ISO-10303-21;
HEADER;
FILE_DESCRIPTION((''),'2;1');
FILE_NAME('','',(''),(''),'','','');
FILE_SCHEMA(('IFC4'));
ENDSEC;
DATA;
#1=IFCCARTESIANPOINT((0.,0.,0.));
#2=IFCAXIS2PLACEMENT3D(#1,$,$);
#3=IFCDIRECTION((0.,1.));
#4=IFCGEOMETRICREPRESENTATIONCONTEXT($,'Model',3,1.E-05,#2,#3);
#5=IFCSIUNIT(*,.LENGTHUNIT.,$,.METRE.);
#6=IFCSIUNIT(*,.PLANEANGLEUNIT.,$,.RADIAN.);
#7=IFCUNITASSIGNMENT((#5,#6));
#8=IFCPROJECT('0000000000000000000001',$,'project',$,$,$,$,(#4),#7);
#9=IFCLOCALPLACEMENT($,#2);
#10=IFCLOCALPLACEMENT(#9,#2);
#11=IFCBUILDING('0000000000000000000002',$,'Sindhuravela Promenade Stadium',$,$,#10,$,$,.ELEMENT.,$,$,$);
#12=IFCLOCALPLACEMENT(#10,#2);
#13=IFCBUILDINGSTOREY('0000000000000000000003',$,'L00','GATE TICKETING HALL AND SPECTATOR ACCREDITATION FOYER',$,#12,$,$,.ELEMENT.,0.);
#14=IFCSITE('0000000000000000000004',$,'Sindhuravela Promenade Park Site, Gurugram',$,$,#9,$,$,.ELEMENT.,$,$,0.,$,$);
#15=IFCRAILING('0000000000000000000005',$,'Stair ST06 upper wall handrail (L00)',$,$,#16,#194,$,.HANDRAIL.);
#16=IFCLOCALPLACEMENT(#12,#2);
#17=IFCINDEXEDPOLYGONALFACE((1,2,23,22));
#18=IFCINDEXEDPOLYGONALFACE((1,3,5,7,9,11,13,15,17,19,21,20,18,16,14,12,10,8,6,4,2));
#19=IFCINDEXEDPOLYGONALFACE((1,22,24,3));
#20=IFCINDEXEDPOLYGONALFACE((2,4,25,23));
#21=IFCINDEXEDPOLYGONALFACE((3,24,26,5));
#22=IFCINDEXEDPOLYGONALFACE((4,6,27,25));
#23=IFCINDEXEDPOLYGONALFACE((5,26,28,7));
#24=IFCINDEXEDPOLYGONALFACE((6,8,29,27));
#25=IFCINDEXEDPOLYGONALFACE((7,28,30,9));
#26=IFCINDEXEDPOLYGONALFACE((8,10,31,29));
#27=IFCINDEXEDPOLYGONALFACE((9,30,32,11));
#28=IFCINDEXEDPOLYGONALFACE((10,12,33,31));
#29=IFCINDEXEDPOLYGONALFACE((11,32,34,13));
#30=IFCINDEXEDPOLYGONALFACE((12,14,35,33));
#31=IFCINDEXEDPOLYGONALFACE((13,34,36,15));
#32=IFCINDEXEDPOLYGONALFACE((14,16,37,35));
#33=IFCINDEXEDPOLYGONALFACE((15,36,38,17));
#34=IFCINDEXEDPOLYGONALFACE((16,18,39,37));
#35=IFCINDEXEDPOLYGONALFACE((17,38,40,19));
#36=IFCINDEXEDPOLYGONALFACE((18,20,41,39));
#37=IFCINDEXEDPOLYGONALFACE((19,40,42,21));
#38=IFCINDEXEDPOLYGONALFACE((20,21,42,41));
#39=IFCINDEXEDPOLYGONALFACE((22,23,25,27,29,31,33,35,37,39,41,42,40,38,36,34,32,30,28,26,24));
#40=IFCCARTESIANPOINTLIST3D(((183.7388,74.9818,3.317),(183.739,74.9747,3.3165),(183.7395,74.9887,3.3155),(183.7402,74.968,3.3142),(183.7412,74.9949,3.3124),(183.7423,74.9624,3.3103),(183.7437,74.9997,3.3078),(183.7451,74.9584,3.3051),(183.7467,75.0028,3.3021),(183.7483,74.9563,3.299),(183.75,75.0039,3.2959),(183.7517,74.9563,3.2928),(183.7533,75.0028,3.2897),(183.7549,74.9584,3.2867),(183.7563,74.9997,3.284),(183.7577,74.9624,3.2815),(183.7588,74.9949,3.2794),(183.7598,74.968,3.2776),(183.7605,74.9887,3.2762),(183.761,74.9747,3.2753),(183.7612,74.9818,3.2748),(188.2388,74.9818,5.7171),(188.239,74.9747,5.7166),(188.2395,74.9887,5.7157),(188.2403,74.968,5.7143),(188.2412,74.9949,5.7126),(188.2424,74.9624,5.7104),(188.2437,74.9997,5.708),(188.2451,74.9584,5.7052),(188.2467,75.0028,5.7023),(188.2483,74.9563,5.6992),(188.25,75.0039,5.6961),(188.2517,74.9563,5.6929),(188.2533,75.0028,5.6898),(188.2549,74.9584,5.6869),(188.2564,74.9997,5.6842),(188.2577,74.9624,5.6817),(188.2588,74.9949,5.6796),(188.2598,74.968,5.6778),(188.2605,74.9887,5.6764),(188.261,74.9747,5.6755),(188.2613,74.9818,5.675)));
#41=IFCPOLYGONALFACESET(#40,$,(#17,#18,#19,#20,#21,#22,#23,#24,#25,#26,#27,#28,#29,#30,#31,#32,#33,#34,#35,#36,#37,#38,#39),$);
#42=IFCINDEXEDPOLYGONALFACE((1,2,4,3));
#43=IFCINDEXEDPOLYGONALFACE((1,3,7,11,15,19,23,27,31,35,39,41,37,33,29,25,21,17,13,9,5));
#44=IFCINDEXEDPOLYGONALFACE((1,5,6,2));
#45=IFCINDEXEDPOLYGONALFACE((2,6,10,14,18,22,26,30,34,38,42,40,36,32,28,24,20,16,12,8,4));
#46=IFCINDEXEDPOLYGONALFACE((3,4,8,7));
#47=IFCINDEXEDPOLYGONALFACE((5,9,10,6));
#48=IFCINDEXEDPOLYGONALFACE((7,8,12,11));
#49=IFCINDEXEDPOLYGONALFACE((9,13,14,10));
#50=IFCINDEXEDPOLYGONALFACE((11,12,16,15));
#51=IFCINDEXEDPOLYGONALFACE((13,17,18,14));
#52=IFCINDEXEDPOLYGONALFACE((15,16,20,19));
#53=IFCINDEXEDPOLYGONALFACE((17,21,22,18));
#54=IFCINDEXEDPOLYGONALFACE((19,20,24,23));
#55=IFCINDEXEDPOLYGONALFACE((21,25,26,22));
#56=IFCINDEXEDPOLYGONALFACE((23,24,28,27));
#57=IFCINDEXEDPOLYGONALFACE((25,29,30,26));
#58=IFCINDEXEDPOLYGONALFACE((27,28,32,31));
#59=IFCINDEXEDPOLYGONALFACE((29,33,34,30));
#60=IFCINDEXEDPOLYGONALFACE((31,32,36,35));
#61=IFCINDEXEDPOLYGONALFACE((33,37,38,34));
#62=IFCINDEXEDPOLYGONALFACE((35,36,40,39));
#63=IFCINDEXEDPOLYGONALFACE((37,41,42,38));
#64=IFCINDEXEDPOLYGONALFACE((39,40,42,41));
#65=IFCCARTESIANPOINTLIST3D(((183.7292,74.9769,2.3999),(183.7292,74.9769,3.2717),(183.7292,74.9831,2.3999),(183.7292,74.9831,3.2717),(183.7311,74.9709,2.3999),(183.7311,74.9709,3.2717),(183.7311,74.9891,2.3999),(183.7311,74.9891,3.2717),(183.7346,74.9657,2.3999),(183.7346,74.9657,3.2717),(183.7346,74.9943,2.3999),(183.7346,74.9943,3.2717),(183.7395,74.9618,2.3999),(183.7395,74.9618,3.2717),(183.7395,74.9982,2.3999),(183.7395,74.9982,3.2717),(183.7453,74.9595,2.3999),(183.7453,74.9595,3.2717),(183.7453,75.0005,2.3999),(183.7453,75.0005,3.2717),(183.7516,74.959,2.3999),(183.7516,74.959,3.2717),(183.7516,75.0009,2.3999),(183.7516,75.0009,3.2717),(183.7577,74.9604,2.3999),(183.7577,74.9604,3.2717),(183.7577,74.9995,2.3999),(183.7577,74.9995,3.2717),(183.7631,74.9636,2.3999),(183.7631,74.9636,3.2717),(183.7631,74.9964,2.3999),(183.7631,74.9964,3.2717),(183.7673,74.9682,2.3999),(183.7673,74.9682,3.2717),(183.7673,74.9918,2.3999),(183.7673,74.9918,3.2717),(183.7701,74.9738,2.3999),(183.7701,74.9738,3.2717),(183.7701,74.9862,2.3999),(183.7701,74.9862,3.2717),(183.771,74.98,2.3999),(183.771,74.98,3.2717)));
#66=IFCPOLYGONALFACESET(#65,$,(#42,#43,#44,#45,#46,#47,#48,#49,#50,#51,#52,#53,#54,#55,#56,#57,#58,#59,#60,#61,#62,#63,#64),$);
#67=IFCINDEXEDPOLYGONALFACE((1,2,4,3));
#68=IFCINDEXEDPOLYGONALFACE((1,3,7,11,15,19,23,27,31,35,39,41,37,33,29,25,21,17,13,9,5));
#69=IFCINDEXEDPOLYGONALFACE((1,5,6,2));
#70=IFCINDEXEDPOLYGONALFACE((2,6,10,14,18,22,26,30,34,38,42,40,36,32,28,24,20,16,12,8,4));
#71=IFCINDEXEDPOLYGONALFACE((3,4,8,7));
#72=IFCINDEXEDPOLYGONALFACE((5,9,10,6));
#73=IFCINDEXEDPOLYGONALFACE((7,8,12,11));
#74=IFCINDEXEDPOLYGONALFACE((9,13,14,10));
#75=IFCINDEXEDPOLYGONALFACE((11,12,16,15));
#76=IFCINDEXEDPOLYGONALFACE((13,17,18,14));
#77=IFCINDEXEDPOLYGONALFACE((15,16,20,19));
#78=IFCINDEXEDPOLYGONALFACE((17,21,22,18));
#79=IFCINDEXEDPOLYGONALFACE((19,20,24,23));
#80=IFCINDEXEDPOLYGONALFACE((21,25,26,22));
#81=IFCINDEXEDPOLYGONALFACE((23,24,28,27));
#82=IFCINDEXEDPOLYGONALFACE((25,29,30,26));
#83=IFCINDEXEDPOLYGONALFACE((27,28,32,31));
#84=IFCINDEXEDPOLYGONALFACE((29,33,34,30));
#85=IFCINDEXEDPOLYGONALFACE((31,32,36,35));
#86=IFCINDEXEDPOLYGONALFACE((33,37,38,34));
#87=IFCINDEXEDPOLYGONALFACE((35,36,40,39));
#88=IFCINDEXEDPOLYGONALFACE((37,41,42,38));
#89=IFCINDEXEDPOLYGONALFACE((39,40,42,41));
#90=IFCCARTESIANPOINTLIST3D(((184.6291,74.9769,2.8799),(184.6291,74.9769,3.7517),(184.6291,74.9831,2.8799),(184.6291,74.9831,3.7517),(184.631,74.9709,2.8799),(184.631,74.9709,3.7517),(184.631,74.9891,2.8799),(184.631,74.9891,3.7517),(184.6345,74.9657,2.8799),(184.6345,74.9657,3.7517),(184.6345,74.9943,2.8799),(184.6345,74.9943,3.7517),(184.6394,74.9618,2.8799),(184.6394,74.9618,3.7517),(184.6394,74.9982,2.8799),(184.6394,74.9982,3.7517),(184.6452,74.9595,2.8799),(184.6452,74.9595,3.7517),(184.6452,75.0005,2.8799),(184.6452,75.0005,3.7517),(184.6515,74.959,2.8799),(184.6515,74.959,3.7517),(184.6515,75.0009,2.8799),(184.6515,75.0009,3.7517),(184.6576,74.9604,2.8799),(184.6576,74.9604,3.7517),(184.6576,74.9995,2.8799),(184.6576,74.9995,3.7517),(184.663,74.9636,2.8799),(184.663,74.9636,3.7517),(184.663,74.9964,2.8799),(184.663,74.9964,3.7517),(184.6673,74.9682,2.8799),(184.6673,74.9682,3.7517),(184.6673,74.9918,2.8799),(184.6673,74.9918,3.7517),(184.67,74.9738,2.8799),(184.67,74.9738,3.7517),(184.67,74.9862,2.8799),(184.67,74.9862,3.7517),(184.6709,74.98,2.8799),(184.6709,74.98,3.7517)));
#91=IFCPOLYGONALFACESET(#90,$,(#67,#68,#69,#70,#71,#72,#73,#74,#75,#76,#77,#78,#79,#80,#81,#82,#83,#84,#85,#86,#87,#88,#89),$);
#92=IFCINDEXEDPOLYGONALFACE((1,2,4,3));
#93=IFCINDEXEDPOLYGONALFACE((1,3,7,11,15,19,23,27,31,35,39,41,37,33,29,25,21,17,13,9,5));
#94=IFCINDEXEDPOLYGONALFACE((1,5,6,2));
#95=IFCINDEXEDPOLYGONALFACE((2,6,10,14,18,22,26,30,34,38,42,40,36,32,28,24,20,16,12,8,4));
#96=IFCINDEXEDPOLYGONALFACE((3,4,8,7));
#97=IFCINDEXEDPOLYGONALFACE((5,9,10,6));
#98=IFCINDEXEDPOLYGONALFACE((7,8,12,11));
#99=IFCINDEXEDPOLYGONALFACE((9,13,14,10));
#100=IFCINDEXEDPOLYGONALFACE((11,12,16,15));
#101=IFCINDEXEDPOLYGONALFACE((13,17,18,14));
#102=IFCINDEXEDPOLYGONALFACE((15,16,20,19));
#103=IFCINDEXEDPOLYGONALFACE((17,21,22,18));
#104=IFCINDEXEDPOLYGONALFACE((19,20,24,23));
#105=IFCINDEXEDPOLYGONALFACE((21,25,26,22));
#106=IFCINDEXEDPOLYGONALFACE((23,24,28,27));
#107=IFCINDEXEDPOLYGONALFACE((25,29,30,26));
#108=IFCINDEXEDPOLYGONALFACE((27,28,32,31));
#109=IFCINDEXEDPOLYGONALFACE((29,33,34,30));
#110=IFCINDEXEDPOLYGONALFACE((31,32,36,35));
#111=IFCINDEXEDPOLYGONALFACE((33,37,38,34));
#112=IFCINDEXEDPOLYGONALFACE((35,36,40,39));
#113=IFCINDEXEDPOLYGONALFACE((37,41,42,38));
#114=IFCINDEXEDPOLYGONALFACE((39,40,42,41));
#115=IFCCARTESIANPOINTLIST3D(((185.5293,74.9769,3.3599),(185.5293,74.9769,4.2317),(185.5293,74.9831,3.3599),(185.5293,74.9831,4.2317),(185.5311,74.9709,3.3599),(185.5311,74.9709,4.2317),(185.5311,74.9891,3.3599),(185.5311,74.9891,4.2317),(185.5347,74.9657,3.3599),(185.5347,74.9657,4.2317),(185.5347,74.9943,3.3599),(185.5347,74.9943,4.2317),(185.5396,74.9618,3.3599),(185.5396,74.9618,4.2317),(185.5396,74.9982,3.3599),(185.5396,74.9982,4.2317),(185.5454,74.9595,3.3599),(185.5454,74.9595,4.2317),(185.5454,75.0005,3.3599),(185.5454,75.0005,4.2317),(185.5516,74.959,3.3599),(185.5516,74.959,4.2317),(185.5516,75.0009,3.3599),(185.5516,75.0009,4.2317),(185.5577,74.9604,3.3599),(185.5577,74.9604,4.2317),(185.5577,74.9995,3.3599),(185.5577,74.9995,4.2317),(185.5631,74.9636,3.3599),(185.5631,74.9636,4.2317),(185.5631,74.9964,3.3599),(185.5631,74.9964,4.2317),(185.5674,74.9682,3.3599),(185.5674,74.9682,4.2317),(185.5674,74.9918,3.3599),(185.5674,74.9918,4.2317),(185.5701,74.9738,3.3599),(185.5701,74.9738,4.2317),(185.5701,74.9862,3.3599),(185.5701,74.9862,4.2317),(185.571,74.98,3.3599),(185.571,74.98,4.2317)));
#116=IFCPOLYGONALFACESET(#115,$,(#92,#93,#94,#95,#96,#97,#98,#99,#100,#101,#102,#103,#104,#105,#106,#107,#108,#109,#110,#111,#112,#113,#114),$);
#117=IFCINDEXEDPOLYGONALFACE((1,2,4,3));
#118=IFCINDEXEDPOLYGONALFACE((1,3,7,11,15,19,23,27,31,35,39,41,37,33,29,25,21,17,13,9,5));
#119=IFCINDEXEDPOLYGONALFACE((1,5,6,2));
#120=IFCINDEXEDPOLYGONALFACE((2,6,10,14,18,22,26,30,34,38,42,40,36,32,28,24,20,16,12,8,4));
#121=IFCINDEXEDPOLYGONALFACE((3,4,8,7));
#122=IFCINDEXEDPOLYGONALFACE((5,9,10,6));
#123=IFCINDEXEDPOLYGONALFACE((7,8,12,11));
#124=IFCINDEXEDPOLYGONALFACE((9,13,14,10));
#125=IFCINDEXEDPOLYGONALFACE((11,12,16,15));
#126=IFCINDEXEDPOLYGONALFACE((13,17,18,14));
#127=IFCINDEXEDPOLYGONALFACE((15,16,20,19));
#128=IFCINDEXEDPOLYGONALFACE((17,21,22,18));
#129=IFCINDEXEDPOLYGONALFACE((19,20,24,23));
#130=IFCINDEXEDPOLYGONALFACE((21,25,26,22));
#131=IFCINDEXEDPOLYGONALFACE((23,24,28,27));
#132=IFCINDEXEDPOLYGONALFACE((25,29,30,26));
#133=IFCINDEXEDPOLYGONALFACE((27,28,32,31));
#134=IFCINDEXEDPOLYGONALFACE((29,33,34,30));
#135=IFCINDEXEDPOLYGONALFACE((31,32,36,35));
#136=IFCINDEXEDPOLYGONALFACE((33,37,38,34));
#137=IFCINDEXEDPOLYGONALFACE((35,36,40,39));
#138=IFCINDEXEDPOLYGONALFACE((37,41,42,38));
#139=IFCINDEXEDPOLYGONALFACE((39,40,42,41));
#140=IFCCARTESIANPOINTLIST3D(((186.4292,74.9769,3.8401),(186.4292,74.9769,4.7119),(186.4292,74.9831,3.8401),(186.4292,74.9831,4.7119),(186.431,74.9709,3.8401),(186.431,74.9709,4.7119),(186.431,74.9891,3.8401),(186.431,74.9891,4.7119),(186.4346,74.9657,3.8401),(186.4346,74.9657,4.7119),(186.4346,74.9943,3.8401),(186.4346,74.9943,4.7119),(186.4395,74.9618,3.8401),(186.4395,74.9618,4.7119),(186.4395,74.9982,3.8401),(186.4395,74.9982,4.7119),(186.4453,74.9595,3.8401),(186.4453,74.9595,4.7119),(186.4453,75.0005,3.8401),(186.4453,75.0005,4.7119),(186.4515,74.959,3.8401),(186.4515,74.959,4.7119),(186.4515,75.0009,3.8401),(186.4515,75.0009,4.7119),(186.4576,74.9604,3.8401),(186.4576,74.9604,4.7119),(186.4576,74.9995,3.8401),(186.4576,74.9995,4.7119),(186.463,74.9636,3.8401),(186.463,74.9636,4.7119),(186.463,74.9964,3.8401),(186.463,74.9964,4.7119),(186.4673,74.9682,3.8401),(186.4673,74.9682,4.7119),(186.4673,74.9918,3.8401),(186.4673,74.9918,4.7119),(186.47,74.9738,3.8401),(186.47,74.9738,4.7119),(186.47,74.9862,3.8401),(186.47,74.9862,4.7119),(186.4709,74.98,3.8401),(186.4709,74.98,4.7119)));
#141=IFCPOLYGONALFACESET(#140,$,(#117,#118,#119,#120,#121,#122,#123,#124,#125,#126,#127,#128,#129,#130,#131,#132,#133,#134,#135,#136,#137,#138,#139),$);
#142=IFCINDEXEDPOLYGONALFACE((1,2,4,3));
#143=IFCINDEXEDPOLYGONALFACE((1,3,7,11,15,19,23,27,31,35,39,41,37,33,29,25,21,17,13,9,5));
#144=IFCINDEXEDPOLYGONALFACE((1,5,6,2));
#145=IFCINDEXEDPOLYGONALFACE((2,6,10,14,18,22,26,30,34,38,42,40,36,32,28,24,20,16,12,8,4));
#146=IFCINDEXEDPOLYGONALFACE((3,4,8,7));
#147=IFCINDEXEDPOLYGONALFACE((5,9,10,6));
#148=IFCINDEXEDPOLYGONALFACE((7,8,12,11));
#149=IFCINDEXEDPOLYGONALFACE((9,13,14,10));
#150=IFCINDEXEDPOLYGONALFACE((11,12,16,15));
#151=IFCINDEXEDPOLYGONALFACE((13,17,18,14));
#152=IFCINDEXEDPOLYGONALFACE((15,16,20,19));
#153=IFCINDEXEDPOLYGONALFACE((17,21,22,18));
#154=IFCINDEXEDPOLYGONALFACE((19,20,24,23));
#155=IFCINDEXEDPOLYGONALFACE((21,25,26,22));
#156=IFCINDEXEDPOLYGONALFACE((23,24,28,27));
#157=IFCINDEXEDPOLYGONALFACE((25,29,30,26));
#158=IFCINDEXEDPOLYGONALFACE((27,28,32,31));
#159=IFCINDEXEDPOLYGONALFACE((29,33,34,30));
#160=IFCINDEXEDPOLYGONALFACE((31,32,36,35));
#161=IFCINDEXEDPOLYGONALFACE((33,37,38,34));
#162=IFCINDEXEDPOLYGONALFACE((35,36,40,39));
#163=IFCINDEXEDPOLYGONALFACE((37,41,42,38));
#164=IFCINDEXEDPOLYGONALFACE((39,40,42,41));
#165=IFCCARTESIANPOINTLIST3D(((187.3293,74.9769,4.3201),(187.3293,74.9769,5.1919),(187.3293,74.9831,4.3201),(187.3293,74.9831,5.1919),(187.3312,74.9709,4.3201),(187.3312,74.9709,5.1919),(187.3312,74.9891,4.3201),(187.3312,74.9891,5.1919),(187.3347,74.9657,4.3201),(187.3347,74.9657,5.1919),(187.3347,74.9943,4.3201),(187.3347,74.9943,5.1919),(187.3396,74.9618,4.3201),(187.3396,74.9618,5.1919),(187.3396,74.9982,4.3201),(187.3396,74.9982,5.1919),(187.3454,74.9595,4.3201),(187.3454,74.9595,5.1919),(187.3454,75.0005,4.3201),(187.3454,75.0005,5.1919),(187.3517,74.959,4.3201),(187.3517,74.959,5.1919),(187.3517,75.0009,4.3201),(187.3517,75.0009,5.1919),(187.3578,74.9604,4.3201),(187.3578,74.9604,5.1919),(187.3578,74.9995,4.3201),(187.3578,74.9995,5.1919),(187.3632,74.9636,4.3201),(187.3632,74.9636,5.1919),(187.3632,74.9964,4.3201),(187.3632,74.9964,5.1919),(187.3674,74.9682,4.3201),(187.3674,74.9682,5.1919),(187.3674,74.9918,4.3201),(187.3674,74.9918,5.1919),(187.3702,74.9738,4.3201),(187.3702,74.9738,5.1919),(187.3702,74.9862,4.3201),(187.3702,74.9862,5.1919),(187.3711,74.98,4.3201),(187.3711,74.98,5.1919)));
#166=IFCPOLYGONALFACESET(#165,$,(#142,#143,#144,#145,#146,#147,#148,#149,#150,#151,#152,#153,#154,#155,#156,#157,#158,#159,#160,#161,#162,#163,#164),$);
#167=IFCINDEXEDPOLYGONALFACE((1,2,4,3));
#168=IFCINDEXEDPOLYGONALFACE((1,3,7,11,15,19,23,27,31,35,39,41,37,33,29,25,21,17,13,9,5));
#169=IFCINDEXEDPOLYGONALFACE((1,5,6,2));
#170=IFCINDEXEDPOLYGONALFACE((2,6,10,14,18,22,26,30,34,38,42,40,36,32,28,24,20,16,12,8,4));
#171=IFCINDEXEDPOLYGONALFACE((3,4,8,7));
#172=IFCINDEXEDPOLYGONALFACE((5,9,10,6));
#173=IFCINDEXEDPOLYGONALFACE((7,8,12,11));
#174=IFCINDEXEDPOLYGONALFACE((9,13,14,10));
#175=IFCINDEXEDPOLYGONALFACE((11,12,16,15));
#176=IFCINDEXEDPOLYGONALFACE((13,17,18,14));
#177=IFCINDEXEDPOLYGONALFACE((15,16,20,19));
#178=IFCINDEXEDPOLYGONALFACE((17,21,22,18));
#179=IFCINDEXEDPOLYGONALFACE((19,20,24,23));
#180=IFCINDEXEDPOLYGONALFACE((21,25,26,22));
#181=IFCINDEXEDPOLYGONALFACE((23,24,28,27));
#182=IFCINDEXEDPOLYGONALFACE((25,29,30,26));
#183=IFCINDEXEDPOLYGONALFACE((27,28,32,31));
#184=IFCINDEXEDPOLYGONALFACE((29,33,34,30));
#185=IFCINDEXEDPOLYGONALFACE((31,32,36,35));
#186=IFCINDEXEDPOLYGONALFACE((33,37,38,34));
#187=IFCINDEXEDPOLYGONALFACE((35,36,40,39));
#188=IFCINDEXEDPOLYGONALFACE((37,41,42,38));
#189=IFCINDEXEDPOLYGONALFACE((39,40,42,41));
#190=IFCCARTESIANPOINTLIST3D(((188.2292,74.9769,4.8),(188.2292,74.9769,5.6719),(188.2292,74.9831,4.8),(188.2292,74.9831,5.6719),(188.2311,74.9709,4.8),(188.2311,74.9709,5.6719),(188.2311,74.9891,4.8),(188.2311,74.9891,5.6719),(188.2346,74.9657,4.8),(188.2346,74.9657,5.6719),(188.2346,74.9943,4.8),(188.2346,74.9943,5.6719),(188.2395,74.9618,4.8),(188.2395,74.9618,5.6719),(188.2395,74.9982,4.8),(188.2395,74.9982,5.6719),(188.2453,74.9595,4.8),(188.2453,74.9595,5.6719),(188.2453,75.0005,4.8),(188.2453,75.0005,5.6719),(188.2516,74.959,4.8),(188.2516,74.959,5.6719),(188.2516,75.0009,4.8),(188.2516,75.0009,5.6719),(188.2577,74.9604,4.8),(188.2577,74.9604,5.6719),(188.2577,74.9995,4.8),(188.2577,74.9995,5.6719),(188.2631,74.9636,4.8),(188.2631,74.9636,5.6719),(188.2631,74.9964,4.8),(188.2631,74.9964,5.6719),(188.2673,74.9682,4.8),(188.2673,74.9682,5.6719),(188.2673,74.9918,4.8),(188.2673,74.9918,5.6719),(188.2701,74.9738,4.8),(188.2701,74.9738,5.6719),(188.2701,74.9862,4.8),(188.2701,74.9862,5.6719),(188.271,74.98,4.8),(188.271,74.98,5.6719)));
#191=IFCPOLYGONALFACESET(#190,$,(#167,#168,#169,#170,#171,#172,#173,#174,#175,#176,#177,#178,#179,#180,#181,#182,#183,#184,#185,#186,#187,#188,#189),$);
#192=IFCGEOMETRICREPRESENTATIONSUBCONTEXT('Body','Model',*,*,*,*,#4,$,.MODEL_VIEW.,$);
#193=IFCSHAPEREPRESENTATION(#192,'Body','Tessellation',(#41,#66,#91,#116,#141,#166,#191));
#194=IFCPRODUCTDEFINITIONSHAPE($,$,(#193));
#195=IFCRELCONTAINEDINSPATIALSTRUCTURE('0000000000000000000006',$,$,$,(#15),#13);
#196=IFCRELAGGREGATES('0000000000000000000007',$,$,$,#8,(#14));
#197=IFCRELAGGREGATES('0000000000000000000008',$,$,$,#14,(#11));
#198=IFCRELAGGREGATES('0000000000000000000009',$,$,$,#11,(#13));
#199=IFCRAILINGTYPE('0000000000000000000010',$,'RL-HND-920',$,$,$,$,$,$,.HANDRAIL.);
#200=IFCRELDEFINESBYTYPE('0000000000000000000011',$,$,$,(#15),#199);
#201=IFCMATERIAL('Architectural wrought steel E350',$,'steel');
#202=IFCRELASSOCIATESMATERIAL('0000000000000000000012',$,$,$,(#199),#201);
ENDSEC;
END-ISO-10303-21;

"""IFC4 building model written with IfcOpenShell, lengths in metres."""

from ifc_helpers import new_model, si_unit, direction, frame, origin, origin_2d, place, context, subcontext, project, spatial, circle, extrude, material, type_object, element, save


model = new_model("IFC4")

# Units and contexts
model_context = context("Model", 3, precision=1e-05, world=origin(), true_north=direction((0.0, 1.0)))
body_context = subcontext(model_context, "Body", "Model", "MODEL_VIEW")
ifc_project = project(units=[si_unit("LENGTHUNIT", "METRE"), si_unit("PLANEANGLEUNIT", "RADIAN")], contexts=[model_context])

# Site, building, storey
site_placement = place(None, origin())
site = spatial("IfcSite", under=ifc_project, at=site_placement, Name="Sindhuravela Promenade Park Site, Gurugram", CompositionType="ELEMENT", RefElevation=0.0)
building_placement = place(site_placement, origin())
building = spatial("IfcBuilding", under=site, at=building_placement, Name="Sindhuravela Promenade Stadium", CompositionType="ELEMENT")
storey_placement = place(building_placement, origin())
storey = spatial("IfcBuildingStorey", under=building, at=storey_placement, Name="L00", Description="GATE TICKETING HALL AND SPECTATOR ACCREDITATION FOYER", CompositionType="ELEMENT", Elevation=0.0)

# Railing
ifc_material_1 = material(Name="Architectural wrought steel E350", Category="steel")
railing_type_1 = type_object("IfcRailingType", Name="RL-HND-920", PredefinedType="HANDRAIL", material=ifc_material_1)
railing_1_placement = place(storey_placement, frame((183.75, 74.98, 2.3999)))
element("IfcRailing", 1, at=railing_1_placement, inside=storey, type_object=railing_type_1, Name="Stair ST06 upper wall handrail (L00)", PredefinedType="HANDRAIL", context=body_context, shape_type="SweptSolid", body=[
    extrude(circle(Radius=0.0239, at=origin_2d()), frame((0.0, 0.0, 0.896), z_axis=(0.882341, 0.0, 0.470611), x_axis=(0.0, 1.0, 0.0)), (0.0, 0.0, 1.0), 5.1001),
    extrude(circle(Radius=0.021, at=origin_2d()), origin(), (0.0, 0.0, 1.0), 0.8718),
    extrude(circle(Radius=0.021, at=origin_2d()), frame((0.8999, 0.0, 0.48)), (0.0, 0.0, 1.0), 0.8718),
    extrude(circle(Radius=0.021, at=origin_2d()), frame((1.8, 0.0, 0.96)), (0.0, 0.0, 1.0), 0.8718),
    extrude(circle(Radius=0.021, at=origin_2d()), frame((2.7, 0.0, 1.4402)), (0.0, 0.0, 1.0), 0.8718),
    extrude(circle(Radius=0.021, at=origin_2d()), frame((3.6001, 0.0, 1.9202)), (0.0, 0.0, 1.0), 0.8718),
    extrude(circle(Radius=0.021, at=origin_2d()), frame((4.5, 0.0, 2.4001)), (0.0, 0.0, 1.0), 0.8718),
])

save(model, "model.ifc")
